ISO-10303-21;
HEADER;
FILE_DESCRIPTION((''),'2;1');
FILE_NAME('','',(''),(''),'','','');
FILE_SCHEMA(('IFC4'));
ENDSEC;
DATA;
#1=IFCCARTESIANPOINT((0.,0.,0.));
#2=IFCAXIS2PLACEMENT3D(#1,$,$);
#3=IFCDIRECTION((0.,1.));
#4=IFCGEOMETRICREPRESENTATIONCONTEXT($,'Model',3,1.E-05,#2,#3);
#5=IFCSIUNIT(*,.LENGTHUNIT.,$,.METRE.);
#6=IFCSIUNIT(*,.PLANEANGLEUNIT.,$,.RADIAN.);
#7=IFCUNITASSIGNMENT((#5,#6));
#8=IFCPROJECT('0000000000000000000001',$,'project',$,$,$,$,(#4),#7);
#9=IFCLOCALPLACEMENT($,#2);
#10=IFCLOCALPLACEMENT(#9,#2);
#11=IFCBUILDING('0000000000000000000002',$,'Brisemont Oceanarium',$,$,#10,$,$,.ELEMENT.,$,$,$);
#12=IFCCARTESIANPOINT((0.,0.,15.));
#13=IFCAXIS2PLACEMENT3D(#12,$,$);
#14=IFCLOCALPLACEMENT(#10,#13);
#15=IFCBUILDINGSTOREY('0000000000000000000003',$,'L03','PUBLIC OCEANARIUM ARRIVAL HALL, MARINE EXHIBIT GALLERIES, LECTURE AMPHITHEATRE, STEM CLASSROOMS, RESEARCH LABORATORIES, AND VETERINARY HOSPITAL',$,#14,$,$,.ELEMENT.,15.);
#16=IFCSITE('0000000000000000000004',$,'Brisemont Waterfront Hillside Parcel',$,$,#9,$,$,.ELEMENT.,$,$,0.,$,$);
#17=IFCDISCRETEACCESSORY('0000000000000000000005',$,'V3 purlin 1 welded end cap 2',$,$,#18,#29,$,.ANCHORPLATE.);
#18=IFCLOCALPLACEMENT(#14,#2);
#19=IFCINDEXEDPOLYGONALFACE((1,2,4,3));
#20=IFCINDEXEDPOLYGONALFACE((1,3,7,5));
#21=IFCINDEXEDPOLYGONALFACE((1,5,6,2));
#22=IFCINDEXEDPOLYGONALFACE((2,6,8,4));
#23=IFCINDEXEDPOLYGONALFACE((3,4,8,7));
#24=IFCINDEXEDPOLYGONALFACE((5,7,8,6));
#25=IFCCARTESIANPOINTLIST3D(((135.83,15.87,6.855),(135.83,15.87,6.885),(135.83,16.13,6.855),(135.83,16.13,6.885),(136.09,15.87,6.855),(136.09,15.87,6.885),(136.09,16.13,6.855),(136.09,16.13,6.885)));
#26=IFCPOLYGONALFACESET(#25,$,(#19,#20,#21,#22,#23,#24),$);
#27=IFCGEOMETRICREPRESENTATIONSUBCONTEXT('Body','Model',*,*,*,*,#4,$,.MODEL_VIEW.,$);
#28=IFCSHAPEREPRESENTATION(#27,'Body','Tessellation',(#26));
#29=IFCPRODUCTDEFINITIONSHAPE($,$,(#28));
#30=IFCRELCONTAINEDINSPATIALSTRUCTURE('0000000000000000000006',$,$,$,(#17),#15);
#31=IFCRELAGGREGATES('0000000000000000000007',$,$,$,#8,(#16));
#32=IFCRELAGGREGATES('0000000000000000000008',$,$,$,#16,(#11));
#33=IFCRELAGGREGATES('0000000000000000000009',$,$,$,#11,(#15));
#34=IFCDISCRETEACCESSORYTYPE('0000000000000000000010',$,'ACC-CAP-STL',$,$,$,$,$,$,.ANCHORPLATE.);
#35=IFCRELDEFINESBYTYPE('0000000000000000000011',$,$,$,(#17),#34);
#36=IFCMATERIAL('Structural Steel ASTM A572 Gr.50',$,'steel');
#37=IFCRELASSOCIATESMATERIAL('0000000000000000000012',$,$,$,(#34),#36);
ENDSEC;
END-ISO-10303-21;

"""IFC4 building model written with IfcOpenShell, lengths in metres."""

from ifc_helpers import new_model, si_unit, direction, frame, origin, origin_2d, place, context, subcontext, project, spatial, rectangle, extrude, material, type_object, element, save


model = new_model("IFC4")

# Units and contexts
model_context = context("Model", 3, precision=1e-05, world=origin(), true_north=direction((0.0, 1.0)))
body_context = subcontext(model_context, "Body", "Model", "MODEL_VIEW")
ifc_project = project(units=[si_unit("LENGTHUNIT", "METRE"), si_unit("PLANEANGLEUNIT", "RADIAN")], contexts=[model_context])

# Site, building, storey
site_placement = place(None, origin())
site = spatial("IfcSite", under=ifc_project, at=site_placement, Name="Brisemont Waterfront Hillside Parcel", CompositionType="ELEMENT", RefElevation=0.0)
building_placement = place(site_placement, origin())
building = spatial("IfcBuilding", under=site, at=building_placement, Name="Brisemont Oceanarium", CompositionType="ELEMENT")
storey_placement = place(building_placement, frame((0.0, 0.0, 15.0)))
storey = spatial("IfcBuildingStorey", under=building, at=storey_placement, Name="L03", Description="PUBLIC OCEANARIUM ARRIVAL HALL, MARINE EXHIBIT GALLERIES, LECTURE AMPHITHEATRE, STEM CLASSROOMS, RESEARCH LABORATORIES, AND VETERINARY HOSPITAL", CompositionType="ELEMENT", Elevation=15.0)

# Discrete accessory
ifc_material_1 = material(Name="Structural Steel ASTM A572 Gr.50", Category="steel")
discrete_accessory_type = type_object("IfcDiscreteAccessoryType", Name="ACC-CAP-STL", PredefinedType="ANCHORPLATE", material=ifc_material_1)
discrete_accessory_placement = place(storey_placement, frame((135.96, 16.0, 6.855), z_axis=(0.0, 0.0, 1.0), x_axis=(1.0, 0.0, 0.0)))
element("IfcDiscreteAccessory", 1, at=discrete_accessory_placement, inside=storey, type_object=discrete_accessory_type, Name="V3 purlin 1 welded end cap 2", PredefinedType="ANCHORPLATE", context=body_context, shape_type="SweptSolid", body=[
    extrude(rectangle(XDim=0.26, YDim=0.26, at=origin_2d()), origin(), (0.0, 0.0, 1.0), 0.03),
])

save(model, "model.ifc")
